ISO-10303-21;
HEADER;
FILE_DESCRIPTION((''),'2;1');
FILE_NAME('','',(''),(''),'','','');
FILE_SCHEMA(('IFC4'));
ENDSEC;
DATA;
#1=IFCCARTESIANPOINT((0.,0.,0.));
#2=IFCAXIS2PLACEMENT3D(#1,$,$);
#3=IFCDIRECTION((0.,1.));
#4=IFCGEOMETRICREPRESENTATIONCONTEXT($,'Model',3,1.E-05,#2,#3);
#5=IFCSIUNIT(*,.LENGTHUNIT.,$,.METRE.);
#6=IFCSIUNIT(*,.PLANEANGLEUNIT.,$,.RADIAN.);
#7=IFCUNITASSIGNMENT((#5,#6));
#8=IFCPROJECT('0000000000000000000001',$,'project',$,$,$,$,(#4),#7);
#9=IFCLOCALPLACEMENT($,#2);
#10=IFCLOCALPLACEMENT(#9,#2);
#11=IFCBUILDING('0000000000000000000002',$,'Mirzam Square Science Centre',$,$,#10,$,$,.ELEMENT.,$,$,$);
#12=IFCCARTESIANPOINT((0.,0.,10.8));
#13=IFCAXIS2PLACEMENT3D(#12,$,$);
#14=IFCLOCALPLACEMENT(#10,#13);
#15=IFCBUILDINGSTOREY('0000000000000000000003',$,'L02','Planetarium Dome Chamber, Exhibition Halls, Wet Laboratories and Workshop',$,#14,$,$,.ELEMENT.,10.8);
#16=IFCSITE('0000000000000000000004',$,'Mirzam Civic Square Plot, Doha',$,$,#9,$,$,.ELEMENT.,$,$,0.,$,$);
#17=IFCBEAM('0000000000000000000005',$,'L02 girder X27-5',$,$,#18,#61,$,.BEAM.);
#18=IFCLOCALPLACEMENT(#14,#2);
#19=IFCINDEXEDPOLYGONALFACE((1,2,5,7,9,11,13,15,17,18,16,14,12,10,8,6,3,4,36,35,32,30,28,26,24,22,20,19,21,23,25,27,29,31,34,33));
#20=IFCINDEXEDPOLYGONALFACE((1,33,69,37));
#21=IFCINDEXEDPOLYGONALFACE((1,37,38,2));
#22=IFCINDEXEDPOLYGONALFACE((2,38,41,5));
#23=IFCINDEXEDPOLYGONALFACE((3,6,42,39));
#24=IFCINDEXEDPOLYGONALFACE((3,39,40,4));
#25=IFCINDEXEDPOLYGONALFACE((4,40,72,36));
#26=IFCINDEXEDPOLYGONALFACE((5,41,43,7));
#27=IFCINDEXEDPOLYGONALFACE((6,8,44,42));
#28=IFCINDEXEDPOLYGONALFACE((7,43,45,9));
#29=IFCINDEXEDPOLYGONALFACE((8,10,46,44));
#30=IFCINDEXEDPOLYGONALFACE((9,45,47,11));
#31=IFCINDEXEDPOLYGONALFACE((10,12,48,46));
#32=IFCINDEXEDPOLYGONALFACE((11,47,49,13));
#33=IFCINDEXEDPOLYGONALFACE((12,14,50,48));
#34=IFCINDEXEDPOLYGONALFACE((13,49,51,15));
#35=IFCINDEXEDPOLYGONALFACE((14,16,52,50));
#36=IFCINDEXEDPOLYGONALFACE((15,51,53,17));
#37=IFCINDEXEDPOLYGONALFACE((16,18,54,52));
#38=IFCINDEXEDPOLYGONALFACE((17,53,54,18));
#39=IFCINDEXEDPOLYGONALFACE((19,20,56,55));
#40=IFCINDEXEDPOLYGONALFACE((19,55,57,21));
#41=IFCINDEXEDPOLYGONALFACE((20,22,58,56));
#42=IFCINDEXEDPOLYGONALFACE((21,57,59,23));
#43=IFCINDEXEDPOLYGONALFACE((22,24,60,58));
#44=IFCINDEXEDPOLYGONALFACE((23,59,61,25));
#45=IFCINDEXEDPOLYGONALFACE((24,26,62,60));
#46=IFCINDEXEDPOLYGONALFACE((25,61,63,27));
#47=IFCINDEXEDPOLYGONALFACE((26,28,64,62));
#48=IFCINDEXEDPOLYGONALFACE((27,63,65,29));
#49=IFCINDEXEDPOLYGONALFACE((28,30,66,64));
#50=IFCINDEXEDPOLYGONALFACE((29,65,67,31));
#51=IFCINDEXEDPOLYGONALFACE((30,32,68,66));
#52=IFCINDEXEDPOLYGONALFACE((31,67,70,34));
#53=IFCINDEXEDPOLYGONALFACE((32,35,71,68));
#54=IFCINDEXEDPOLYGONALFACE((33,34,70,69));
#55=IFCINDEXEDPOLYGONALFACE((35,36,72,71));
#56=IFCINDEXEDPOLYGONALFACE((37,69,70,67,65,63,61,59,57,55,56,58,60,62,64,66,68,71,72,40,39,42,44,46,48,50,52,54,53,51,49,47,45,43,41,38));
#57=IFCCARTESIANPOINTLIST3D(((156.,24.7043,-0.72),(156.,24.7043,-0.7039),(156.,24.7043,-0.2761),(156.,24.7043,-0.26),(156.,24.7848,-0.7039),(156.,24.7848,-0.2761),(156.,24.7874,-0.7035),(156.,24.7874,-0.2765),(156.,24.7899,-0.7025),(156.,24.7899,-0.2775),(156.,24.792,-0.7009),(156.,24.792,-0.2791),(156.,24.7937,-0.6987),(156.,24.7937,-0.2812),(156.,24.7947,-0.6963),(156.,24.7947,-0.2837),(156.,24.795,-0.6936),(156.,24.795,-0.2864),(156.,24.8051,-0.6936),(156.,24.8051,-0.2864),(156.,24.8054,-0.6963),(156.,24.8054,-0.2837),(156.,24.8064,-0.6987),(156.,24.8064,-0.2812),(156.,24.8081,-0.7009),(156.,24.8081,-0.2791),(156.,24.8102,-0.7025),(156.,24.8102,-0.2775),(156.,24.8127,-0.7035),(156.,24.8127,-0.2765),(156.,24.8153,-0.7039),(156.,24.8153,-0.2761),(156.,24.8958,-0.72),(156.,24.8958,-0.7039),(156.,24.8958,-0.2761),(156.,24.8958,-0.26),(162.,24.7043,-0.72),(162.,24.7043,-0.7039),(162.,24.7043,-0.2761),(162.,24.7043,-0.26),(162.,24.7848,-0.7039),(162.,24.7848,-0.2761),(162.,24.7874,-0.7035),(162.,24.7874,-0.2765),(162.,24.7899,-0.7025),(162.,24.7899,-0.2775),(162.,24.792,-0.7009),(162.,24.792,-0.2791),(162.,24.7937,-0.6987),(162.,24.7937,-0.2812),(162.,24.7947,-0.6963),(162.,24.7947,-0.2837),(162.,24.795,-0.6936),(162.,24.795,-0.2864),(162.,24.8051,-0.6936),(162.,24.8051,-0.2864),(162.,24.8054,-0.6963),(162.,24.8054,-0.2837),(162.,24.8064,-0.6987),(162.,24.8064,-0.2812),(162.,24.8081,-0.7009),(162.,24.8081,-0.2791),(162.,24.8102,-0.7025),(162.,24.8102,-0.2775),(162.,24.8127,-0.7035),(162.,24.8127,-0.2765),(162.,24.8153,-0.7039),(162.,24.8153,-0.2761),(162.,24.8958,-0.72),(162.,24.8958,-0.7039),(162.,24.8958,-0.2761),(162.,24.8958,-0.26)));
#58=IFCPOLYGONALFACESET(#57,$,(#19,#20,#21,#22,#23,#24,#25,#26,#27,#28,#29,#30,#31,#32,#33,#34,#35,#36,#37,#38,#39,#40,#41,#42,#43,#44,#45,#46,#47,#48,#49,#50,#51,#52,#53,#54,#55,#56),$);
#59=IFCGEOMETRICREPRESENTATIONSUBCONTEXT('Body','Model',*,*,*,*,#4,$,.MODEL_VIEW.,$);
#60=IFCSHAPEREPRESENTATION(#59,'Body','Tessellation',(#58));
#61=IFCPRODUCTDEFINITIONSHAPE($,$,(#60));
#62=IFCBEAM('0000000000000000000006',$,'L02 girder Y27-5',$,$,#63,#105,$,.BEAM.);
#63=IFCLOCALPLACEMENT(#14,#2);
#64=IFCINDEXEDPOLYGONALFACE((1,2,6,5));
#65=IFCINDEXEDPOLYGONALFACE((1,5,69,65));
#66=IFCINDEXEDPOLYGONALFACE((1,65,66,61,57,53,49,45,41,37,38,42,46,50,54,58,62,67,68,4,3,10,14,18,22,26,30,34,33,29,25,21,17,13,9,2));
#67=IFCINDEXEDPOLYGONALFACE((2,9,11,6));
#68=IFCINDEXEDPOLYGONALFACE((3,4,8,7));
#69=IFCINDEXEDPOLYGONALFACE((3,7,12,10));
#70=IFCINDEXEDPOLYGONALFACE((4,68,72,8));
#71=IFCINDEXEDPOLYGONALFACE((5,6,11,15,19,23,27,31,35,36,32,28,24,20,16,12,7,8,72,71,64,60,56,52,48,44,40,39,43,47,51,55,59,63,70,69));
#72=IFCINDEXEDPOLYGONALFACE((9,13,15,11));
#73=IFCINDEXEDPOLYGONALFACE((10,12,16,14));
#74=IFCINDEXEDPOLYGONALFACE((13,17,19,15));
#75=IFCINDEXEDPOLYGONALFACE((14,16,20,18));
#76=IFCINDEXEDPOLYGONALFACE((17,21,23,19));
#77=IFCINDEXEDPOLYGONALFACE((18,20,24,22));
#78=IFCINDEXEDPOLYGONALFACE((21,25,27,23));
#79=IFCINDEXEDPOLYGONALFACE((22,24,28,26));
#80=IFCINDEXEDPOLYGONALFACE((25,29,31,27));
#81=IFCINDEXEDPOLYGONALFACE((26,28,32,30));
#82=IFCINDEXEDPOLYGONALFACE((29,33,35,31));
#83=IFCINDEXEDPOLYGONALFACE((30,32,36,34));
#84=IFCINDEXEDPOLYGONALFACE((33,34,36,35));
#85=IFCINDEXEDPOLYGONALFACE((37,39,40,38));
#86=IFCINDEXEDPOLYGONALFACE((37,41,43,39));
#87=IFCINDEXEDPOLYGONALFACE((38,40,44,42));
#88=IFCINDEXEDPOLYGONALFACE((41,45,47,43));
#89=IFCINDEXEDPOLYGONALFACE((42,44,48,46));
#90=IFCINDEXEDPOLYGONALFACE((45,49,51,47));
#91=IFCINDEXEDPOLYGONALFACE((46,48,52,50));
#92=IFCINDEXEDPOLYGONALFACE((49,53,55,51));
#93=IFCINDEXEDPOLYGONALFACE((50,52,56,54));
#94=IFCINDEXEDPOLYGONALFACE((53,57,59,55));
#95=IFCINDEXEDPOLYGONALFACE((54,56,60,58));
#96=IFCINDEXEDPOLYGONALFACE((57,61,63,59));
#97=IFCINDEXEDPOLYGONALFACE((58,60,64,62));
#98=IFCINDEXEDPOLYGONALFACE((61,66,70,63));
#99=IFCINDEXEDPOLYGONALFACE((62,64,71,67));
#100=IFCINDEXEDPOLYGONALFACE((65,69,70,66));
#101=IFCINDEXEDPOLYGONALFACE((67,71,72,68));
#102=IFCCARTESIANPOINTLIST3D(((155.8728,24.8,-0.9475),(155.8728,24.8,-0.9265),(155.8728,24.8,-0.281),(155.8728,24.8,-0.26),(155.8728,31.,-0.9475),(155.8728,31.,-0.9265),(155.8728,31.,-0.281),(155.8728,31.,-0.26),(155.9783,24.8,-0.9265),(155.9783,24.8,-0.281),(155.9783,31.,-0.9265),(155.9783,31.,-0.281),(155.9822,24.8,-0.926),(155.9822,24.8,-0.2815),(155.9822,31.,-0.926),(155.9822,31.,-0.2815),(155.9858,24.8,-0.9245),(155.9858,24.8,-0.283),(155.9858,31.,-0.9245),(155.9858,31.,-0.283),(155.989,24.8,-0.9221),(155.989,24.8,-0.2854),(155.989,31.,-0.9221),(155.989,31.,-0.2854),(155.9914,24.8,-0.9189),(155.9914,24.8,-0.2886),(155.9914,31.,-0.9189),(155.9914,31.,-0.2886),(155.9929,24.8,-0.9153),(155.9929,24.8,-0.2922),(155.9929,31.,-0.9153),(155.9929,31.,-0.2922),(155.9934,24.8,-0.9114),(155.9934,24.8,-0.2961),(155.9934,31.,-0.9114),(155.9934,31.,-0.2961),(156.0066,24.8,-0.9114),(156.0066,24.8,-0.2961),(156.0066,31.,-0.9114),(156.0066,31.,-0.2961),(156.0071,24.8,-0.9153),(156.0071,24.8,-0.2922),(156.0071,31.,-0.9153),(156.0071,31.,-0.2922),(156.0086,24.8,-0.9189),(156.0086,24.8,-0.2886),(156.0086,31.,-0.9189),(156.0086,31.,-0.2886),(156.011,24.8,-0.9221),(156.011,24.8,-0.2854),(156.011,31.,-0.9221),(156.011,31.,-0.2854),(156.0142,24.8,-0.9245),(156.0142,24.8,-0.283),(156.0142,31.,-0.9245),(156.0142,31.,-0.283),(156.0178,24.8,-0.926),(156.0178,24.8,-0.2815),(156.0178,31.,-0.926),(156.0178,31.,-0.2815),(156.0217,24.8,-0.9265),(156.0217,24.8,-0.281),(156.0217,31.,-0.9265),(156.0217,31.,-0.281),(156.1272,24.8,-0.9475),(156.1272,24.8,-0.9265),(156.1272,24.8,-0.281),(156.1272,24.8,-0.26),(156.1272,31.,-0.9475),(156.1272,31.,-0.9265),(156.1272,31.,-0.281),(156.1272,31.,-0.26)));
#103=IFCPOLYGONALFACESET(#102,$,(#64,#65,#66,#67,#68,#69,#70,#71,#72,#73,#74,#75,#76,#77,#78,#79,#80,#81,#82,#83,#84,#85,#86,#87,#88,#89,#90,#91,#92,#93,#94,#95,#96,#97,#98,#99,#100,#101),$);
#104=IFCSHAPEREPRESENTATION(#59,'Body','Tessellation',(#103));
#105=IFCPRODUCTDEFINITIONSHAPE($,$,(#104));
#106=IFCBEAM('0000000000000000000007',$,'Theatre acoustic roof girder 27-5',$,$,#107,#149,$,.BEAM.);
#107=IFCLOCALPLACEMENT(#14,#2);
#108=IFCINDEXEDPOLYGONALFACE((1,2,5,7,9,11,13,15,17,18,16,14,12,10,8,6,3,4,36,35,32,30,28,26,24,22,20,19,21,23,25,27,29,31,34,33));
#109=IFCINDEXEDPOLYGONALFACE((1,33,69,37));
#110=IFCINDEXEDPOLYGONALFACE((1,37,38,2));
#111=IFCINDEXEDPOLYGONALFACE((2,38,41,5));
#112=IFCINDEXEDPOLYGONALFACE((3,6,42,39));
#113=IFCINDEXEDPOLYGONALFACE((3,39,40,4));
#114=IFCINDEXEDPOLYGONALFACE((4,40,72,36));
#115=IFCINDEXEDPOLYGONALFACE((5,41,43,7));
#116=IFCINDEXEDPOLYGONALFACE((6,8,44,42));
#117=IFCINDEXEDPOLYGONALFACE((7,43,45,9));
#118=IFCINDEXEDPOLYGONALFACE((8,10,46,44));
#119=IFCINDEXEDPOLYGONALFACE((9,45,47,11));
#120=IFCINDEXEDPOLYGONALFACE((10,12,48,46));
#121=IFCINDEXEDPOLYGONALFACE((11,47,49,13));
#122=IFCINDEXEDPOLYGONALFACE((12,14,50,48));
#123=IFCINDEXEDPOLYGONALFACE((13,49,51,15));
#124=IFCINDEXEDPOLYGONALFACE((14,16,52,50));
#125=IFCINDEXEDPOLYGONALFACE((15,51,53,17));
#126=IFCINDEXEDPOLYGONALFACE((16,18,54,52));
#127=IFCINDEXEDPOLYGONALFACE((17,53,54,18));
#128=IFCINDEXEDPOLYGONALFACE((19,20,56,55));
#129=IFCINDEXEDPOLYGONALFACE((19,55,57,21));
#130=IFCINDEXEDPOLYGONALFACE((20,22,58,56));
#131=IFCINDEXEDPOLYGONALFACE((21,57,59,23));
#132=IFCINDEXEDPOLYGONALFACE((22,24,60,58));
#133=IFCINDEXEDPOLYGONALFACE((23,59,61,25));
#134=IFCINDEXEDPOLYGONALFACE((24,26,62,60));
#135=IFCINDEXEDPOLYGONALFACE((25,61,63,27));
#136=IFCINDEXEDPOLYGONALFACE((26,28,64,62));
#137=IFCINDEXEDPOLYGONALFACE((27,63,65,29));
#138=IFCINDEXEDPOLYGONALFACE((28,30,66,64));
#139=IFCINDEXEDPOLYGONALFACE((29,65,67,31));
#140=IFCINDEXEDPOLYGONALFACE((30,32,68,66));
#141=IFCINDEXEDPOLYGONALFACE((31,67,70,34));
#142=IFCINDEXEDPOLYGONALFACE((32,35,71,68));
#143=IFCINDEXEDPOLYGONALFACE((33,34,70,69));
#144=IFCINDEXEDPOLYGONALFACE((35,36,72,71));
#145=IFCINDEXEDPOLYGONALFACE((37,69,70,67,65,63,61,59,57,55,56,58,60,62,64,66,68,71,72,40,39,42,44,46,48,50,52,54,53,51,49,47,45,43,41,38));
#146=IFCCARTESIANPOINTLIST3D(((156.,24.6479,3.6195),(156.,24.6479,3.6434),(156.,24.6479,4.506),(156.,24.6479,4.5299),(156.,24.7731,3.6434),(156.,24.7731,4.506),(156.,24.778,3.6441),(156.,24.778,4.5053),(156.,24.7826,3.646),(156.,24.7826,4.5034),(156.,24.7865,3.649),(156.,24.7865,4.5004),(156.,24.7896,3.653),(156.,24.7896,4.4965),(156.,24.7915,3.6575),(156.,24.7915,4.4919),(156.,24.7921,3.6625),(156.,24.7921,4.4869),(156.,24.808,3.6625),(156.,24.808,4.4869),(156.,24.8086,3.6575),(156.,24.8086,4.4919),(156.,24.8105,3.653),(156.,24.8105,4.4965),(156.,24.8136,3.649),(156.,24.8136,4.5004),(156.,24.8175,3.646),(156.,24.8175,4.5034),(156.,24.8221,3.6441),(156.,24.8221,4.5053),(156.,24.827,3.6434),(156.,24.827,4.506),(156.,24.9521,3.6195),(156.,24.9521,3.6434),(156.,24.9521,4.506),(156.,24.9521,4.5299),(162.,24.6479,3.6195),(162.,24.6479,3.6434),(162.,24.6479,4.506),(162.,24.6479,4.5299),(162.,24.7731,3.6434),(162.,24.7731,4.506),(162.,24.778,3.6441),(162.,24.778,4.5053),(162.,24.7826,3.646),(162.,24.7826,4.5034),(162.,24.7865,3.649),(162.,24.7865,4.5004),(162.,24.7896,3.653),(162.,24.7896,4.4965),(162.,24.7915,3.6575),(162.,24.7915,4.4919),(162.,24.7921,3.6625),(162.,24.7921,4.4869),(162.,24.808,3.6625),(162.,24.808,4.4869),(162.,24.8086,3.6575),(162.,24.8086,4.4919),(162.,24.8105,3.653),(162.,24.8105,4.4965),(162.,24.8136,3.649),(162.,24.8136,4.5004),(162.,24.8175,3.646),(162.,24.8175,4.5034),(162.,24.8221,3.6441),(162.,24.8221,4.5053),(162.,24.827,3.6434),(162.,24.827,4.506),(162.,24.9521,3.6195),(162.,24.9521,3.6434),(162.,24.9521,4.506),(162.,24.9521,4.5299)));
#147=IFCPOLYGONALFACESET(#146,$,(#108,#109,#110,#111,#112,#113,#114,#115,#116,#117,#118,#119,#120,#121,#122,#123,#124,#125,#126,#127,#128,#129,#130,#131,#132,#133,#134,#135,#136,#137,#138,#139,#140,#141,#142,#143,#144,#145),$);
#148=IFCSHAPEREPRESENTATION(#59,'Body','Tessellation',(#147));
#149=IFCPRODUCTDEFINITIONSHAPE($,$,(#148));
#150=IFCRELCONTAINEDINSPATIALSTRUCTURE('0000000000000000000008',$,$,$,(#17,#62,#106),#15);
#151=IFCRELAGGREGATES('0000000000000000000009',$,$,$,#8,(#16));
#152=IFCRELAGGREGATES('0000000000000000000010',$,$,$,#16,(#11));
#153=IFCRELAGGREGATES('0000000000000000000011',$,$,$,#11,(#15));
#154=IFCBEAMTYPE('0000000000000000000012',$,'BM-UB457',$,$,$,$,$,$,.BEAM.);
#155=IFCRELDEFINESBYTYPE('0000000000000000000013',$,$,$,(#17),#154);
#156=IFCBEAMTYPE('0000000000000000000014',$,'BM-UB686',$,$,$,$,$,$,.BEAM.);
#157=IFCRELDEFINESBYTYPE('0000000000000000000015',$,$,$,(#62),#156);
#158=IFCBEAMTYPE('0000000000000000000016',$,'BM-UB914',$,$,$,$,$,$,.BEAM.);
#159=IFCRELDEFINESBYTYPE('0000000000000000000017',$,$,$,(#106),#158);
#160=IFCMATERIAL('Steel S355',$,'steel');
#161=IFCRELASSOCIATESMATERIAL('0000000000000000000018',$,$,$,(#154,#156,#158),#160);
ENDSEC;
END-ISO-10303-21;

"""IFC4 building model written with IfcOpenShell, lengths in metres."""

from ifc_helpers import new_model, si_unit, direction, frame, origin, origin_2d, place, context, subcontext, project, spatial, i_section, extrude, material, material_profile, profile_set, type_object, element, save


model = new_model("IFC4")

# Units and contexts
model_context = context("Model", 3, precision=1e-05, world=origin(), true_north=direction((0.0, 1.0)))
body_context = subcontext(model_context, "Body", "Model", "MODEL_VIEW")
ifc_project = project(units=[si_unit("LENGTHUNIT", "METRE"), si_unit("PLANEANGLEUNIT", "RADIAN")], contexts=[model_context])

# Site, building, storey
site_placement = place(None, origin())
site = spatial("IfcSite", under=ifc_project, at=site_placement, Name="Mirzam Civic Square Plot, Doha", CompositionType="ELEMENT", RefElevation=0.0)
building_placement = place(site_placement, origin())
building = spatial("IfcBuilding", under=site, at=building_placement, Name="Mirzam Square Science Centre", CompositionType="ELEMENT")
storey_placement = place(building_placement, frame((0.0, 0.0, 10.8)))
storey = spatial("IfcBuildingStorey", under=building, at=storey_placement, Name="L02", Description="Planetarium Dome Chamber, Exhibition Halls, Wet Laboratories and Workshop", CompositionType="ELEMENT", Elevation=10.8)

# Shared definitions
ifc_material_1 = material(Name="Steel S355", Category="steel")

# Beams
ifc_material_profile_1 = material_profile(ifc_material_1, i_section(OverallWidth=0.1914, OverallDepth=0.46, WebThickness=0.01, FlangeThickness=0.0161, FilletRadius=0.0103, at=origin_2d()), Name="457x191x82UB")
ifc_profile_set_1 = profile_set([ifc_material_profile_1], Name="Steel S355")
beam_type_1 = type_object("IfcBeamType", Name="BM-UB457", PredefinedType="BEAM", material=ifc_profile_set_1)
beam_1_placement = place(storey_placement, frame((156.0, 24.8, -0.49), z_axis=(1.0, 0.0, 0.0), x_axis=(0.0, 1.0, 0.0)))
element("IfcBeam", 1, at=beam_1_placement, inside=storey, type_object=beam_type_1, Name="L02 girder X27-5", PredefinedType="BEAM", context=body_context, shape_type="SweptSolid", body=[
    extrude(i_section(OverallWidth=0.1914, OverallDepth=0.46, WebThickness=0.01, FlangeThickness=0.0161, FilletRadius=0.0103, at=origin_2d()), origin(), (0.0, 0.0, 1.0), 6.0),
])
ifc_material_profile_2 = material_profile(ifc_material_1, i_section(OverallWidth=0.2544, OverallDepth=0.6875, WebThickness=0.0132, FlangeThickness=0.021, FilletRadius=0.0151, at=origin_2d()), Name="686x254x152UB")
ifc_profile_set_2 = profile_set([ifc_material_profile_2], Name="Steel S355")
beam_type_2 = type_object("IfcBeamType", Name="BM-UB686", PredefinedType="BEAM", material=ifc_profile_set_2)
beam_2_placement = place(storey_placement, frame((156.0, 24.8, -0.6038), z_axis=(0.0, 1.0, 0.0), x_axis=(-1.0, 0.0, 0.0)))
element("IfcBeam", 2, at=beam_2_placement, inside=storey, type_object=beam_type_2, Name="L02 girder Y27-5", PredefinedType="BEAM", context=body_context, shape_type="SweptSolid", body=[
    extrude(i_section(OverallWidth=0.2544, OverallDepth=0.6875, WebThickness=0.0132, FlangeThickness=0.021, FilletRadius=0.0151, at=origin_2d()), origin(), (0.0, 0.0, 1.0), 6.2),
])
ifc_material_profile_3 = material_profile(ifc_material_1, i_section(OverallWidth=0.3042, OverallDepth=0.9104, WebThickness=0.0159, FlangeThickness=0.0239, FilletRadius=0.019, at=origin_2d()), Name="914x305x224UB")
ifc_profile_set_3 = profile_set([ifc_material_profile_3], Name="Steel S355")
beam_type_3 = type_object("IfcBeamType", Name="BM-UB914", PredefinedType="BEAM", material=ifc_profile_set_3)
beam_3_placement = place(storey_placement, frame((156.0, 24.8, 4.0747), z_axis=(1.0, 0.0, 0.0), x_axis=(0.0, 1.0, 0.0)))
element("IfcBeam", 3, at=beam_3_placement, inside=storey, type_object=beam_type_3, Name="Theatre acoustic roof girder 27-5", PredefinedType="BEAM", context=body_context, shape_type="SweptSolid", body=[
    extrude(i_section(OverallWidth=0.3042, OverallDepth=0.9104, WebThickness=0.0159, FlangeThickness=0.0239, FilletRadius=0.019, at=origin_2d()), origin(), (0.0, 0.0, 1.0), 6.0),
])

save(model, "model.ifc")
